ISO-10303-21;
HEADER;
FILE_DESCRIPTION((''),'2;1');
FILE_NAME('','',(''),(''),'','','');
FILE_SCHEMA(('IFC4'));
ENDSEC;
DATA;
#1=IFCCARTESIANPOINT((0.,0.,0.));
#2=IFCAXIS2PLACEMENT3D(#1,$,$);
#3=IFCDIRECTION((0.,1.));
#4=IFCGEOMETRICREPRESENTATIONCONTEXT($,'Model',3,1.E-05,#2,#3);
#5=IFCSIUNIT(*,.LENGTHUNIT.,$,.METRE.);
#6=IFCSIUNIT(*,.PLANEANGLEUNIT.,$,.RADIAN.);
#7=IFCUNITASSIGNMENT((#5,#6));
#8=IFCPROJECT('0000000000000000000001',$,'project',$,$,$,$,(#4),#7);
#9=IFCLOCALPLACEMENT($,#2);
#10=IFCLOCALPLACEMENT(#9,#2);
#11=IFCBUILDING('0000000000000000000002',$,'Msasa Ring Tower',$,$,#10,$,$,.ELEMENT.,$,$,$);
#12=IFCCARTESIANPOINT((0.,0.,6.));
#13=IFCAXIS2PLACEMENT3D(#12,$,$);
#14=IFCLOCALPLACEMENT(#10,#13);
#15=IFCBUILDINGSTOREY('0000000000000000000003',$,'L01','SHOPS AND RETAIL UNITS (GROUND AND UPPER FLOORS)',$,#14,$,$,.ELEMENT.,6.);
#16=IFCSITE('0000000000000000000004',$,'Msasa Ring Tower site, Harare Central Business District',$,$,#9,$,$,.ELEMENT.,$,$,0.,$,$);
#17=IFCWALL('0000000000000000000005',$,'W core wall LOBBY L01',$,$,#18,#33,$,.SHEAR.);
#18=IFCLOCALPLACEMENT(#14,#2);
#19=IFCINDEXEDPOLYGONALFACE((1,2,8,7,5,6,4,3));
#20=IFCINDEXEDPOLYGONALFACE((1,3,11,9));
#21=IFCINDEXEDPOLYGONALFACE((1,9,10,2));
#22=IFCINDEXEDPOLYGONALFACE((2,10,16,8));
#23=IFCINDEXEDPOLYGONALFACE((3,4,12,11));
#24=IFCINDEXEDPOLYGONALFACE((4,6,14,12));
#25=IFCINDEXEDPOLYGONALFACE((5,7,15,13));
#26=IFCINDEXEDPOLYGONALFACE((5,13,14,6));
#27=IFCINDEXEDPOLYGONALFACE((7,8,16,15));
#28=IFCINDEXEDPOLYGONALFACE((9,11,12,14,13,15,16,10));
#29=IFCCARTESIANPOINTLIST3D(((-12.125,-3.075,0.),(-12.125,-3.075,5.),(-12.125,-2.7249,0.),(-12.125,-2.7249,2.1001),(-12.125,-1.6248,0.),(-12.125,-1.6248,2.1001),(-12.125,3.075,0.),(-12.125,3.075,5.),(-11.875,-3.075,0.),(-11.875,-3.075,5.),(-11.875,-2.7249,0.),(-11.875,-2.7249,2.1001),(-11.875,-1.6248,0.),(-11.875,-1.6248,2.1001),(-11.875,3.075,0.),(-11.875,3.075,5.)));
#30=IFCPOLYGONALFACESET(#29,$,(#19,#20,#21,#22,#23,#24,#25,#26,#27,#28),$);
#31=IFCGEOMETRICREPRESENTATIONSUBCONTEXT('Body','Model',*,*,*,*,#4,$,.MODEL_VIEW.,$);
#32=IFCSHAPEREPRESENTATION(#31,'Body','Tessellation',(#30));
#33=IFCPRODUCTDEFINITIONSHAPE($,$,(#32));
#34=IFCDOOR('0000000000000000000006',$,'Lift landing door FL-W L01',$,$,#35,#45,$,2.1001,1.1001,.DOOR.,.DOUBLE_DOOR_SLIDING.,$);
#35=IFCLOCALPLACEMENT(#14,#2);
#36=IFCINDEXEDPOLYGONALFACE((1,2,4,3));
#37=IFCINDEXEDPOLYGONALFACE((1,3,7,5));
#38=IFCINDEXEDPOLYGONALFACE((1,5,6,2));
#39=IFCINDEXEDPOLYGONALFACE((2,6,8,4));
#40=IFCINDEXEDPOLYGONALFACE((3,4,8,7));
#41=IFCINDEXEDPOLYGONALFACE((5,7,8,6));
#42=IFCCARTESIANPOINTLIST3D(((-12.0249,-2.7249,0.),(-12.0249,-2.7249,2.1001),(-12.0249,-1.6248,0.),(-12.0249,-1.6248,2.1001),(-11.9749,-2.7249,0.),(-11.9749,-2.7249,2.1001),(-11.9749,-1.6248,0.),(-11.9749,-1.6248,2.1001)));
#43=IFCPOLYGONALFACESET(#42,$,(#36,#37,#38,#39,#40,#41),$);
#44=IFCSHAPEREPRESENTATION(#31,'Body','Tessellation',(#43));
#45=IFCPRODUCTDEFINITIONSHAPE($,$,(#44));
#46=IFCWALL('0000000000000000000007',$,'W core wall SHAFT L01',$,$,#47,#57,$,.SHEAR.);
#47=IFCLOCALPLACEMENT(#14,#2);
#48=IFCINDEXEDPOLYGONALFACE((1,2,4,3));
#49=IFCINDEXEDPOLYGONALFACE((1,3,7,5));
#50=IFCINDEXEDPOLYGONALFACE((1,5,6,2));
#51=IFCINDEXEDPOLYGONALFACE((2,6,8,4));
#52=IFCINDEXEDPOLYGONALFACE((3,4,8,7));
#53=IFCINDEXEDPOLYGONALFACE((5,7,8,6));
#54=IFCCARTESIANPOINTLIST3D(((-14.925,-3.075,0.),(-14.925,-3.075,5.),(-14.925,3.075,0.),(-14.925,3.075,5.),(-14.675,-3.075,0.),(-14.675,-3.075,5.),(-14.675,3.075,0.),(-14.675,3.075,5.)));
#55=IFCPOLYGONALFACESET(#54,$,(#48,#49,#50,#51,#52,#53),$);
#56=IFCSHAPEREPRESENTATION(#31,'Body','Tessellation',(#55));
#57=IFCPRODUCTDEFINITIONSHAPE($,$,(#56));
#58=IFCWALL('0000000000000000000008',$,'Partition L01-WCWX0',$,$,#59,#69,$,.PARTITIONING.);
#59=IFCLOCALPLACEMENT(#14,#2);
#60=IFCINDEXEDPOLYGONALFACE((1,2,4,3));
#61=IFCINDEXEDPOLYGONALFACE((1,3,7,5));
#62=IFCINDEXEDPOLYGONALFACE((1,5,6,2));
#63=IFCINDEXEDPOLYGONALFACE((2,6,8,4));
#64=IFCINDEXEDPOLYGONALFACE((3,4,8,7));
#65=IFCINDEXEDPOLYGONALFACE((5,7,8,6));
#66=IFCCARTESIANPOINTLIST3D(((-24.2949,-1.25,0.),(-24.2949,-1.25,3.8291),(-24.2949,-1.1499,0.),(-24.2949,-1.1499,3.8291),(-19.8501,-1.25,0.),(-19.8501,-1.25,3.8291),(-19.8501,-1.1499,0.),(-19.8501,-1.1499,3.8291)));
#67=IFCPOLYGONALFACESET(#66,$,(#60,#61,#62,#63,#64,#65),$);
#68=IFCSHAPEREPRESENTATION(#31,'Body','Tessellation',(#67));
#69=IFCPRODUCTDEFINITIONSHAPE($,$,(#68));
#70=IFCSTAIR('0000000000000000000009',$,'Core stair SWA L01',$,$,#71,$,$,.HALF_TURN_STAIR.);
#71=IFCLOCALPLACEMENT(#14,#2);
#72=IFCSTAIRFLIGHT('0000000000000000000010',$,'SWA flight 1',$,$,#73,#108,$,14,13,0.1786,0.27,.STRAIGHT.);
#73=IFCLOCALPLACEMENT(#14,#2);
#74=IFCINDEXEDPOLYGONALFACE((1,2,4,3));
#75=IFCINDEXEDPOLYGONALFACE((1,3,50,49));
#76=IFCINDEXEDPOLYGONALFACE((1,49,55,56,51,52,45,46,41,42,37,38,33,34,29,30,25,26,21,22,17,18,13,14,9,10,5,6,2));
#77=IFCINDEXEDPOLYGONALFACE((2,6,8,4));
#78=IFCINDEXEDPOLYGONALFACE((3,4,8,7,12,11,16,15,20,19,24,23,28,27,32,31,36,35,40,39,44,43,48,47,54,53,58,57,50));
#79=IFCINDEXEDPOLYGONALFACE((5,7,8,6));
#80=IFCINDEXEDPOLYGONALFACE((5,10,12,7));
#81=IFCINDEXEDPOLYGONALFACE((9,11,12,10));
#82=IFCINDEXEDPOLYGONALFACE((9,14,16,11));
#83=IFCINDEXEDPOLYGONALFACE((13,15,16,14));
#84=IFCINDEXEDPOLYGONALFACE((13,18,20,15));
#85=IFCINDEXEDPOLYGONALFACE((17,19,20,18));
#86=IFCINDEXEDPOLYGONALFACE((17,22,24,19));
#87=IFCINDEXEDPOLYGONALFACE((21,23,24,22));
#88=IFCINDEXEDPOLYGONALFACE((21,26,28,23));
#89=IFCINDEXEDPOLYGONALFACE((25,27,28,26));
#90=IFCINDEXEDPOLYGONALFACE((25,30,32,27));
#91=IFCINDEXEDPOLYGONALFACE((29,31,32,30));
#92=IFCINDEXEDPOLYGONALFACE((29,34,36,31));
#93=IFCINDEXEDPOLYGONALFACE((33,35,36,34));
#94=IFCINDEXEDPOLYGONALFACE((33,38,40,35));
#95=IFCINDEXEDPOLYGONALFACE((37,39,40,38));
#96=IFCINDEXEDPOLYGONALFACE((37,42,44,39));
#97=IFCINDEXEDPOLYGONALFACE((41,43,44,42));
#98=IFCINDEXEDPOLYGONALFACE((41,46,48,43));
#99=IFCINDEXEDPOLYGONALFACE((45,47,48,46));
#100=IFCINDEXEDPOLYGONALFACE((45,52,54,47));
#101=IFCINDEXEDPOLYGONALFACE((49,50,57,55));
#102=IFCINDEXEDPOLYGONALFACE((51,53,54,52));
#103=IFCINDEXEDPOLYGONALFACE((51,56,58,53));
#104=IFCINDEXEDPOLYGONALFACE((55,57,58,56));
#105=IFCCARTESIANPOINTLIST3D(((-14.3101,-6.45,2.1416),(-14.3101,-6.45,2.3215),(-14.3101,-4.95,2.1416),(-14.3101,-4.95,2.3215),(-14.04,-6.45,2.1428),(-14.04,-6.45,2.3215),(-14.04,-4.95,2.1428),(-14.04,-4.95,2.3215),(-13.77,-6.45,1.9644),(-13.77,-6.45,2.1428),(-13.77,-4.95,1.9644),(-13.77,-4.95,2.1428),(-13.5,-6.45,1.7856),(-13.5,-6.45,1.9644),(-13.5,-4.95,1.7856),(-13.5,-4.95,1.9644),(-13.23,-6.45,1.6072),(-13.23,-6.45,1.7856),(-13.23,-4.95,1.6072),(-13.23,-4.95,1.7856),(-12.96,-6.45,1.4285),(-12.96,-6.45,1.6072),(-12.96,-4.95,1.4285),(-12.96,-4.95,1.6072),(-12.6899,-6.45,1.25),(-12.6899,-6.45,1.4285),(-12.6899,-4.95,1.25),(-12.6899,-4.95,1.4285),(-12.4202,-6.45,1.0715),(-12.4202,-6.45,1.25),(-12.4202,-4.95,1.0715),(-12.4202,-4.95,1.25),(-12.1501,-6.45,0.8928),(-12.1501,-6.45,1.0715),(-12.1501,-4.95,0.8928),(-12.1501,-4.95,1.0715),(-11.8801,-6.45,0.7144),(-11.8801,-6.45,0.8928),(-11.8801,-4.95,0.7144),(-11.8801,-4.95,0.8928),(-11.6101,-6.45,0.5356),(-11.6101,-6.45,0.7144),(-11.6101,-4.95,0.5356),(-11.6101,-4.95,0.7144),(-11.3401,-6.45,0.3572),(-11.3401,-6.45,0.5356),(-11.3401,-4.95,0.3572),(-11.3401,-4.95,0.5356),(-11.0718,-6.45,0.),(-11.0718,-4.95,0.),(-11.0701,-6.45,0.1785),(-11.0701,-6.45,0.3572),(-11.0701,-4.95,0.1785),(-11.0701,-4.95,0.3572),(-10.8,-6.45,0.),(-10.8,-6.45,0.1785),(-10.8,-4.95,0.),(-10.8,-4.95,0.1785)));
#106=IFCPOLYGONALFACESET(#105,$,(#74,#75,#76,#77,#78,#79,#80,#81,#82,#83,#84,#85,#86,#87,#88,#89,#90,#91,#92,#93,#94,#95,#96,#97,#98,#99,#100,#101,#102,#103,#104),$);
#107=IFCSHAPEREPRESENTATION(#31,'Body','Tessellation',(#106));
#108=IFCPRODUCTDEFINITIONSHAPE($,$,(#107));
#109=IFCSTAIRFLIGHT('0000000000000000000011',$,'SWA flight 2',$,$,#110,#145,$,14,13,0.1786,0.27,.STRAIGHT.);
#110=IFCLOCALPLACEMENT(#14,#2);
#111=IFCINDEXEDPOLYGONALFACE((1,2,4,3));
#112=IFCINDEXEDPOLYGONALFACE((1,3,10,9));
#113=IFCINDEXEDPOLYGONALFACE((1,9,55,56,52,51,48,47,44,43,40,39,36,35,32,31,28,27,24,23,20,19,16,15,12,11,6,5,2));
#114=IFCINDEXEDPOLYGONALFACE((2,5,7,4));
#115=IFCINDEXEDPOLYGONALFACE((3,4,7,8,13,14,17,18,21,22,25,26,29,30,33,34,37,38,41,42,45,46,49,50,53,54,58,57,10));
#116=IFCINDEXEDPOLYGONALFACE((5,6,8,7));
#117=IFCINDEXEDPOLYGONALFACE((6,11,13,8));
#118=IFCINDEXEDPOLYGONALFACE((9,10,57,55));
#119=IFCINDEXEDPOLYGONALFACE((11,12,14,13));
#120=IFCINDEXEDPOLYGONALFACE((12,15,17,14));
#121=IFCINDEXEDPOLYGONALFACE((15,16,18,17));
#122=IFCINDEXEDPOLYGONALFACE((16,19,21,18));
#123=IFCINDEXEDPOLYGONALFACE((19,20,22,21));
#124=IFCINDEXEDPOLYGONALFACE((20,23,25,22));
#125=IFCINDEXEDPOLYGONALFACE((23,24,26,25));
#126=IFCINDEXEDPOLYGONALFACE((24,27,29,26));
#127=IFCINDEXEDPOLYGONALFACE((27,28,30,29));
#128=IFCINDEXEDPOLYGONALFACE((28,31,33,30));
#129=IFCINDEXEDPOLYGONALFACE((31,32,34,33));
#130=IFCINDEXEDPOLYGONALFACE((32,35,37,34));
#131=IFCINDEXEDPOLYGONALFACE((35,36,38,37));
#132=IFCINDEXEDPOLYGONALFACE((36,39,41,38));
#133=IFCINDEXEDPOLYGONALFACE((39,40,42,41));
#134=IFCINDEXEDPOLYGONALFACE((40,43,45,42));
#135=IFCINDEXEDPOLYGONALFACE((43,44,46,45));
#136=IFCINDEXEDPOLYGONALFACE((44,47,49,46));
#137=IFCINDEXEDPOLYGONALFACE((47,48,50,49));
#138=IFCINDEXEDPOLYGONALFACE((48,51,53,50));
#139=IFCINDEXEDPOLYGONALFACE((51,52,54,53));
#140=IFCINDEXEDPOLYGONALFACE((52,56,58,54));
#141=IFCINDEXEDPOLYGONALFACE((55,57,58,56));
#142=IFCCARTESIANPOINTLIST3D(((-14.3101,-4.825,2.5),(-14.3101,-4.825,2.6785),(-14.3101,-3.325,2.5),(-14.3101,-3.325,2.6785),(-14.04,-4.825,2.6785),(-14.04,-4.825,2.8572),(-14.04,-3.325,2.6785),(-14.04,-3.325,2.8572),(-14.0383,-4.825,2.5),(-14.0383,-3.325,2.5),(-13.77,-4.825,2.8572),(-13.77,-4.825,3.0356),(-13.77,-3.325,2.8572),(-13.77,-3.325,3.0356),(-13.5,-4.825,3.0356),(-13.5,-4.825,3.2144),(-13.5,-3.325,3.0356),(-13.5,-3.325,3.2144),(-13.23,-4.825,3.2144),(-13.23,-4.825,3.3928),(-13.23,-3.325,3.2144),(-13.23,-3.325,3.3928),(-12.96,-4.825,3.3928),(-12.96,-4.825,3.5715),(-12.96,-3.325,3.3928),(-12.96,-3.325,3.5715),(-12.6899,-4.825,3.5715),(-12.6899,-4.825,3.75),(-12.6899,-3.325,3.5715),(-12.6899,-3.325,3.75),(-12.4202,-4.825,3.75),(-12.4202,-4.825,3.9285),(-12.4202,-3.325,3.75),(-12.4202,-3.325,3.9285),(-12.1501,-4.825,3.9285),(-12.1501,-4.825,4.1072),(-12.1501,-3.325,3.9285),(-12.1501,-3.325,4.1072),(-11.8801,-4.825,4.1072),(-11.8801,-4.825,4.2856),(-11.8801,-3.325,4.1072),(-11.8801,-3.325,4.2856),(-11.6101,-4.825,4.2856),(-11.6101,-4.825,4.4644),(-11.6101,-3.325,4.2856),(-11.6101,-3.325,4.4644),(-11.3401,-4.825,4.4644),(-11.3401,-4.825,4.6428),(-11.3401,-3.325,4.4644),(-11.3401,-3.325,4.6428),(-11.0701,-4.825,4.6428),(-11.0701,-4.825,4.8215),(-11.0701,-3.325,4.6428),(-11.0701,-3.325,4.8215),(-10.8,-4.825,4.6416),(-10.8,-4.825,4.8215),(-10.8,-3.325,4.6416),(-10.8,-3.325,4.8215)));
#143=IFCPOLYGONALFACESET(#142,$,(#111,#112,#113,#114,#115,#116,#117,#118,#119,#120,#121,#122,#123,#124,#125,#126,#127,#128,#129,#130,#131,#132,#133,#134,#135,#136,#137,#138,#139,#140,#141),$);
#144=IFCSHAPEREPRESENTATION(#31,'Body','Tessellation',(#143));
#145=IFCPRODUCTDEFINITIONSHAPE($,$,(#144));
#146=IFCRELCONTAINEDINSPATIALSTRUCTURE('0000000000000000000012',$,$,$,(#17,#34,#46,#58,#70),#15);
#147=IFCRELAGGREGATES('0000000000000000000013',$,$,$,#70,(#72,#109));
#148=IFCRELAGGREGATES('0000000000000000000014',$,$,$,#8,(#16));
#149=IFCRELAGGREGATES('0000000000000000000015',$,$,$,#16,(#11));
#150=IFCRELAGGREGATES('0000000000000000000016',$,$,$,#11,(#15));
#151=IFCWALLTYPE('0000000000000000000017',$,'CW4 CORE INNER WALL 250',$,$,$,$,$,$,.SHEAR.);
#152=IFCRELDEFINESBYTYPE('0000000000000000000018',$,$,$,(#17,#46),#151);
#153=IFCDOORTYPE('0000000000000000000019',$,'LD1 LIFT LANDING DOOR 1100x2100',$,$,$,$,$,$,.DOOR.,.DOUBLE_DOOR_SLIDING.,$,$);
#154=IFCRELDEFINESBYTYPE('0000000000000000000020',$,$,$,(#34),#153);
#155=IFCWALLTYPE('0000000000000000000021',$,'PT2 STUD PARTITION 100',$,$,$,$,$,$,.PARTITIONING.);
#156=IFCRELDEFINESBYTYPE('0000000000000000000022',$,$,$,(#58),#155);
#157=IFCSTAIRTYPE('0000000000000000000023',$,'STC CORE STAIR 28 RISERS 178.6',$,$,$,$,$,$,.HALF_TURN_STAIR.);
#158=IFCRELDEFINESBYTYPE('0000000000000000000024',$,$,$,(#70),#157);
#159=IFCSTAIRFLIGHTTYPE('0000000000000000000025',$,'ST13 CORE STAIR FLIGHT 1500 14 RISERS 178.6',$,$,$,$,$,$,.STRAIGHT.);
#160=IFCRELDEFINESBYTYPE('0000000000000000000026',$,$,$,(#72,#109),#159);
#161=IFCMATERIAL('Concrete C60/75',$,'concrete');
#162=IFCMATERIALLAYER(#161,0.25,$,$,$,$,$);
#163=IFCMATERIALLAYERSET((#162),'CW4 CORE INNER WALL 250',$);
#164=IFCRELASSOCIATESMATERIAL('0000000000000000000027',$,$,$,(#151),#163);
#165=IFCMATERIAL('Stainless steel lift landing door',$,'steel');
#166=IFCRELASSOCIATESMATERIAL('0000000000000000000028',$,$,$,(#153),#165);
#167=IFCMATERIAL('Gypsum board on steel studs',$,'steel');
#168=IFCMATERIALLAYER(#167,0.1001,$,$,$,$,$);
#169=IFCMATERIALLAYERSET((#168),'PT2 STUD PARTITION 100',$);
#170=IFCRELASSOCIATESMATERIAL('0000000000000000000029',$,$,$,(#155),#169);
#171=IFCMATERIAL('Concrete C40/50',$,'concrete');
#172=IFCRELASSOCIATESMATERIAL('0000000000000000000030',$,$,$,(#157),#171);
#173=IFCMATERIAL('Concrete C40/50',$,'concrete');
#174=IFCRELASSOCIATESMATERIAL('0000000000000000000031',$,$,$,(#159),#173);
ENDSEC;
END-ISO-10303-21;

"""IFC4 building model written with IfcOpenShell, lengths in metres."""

from ifc_helpers import new_model, si_unit, direction, frame, frame_2d, origin, place, context, subcontext, project, spatial, polyline, rectangle, outline, extrude, material, layer, layer_set, type_object, element, fill, aggregate, save


model = new_model("IFC4")

# Units and contexts
model_context = context("Model", 3, precision=1e-05, world=origin(), true_north=direction((0.0, 1.0)))
body_context = subcontext(model_context, "Body", "Model", "MODEL_VIEW")
ifc_project = project(units=[si_unit("LENGTHUNIT", "METRE"), si_unit("PLANEANGLEUNIT", "RADIAN")], contexts=[model_context])

# Site, building, storey
site_placement = place(None, origin())
site = spatial("IfcSite", under=ifc_project, at=site_placement, Name="Msasa Ring Tower site, Harare Central Business District", CompositionType="ELEMENT", RefElevation=0.0)
building_placement = place(site_placement, origin())
building = spatial("IfcBuilding", under=site, at=building_placement, Name="Msasa Ring Tower", CompositionType="ELEMENT")
storey_placement = place(building_placement, frame((0.0, 0.0, 6.0)))
storey = spatial("IfcBuildingStorey", under=building, at=storey_placement, Name="L01", Description="SHOPS AND RETAIL UNITS (GROUND AND UPPER FLOORS)", CompositionType="ELEMENT", Elevation=6.0)

# Shared definitions
ifc_material_1 = material(Name="Concrete C60/75", Category="concrete")
ifc_layer_1 = layer(ifc_material_1, 0.25)
ifc_layer_set_1 = layer_set([ifc_layer_1], Name="CW4 CORE INNER WALL 250")
wall_type_1 = type_object("IfcWallType", Name="CW4 CORE INNER WALL 250", PredefinedType="SHEAR", material=ifc_layer_set_1)

# Wall, opening, door
wall_1_placement = place(storey_placement, frame((-12.0, -3.075, 0.0), z_axis=(0.0, 0.0, 1.0), x_axis=(0.0, 1.0, 0.0)))
wall_1 = element("IfcWall", 1, at=wall_1_placement, inside=storey, type_object=wall_type_1, Name="W core wall LOBBY L01", PredefinedType="SHEAR", context=body_context, shape_type="SweptSolid", body=[
    extrude(rectangle(XDim=6.1499, YDim=0.25, at=frame_2d((3.075, 0.0))), origin(), (0.0, 0.0, 1.0), 5.0),
])
opening_1_placement = place(wall_1_placement, frame((0.3501, 0.0, 0.0)))
opening_1 = element("IfcOpeningElement", 2, at=opening_1_placement, cuts=wall_1, PredefinedType="OPENING", context=body_context, shape_type="SweptSolid", body=[
    extrude(rectangle(XDim=1.1001, YDim=2.1001, at=frame_2d((0.55, 1.05))), frame((0.0, 0.135, 0.0), z_axis=(0.0, -1.0, 0.0), x_axis=(1.0, 0.0, 0.0)), (0.0, 0.0, 1.0), 0.27),
])
ifc_material_2 = material(Name="Stainless steel lift landing door", Category="steel")
door_type_1 = type_object("IfcDoorType", Name="LD1 LIFT LANDING DOOR 1100x2100", OperationType="DOUBLE_DOOR_SLIDING", PredefinedType="DOOR", material=ifc_material_2)
door_1_placement = place(opening_1_placement, origin())
door_1 = element("IfcDoor", 3, at=door_1_placement, inside=storey, type_object=door_type_1, Name="Lift landing door FL-W L01", OperationType="DOUBLE_DOOR_SLIDING", OverallHeight=2.1001, OverallWidth=1.1001, PredefinedType="DOOR", context=body_context, shape_type="SweptSolid", body=[
    extrude(rectangle(XDim=1.1001, YDim=2.1001, at=frame_2d((0.55, 1.05))), frame((0.0, 0.0249, 0.0), z_axis=(0.0, -1.0, 0.0), x_axis=(1.0, 0.0, 0.0)), (0.0, 0.0, 1.0), 0.05),
])
fill(opening_1, door_1)

# Walls
wall_2_placement = place(storey_placement, frame((-14.8, -3.075, 0.0), z_axis=(0.0, 0.0, 1.0), x_axis=(0.0, 1.0, 0.0)))
element("IfcWall", 4, at=wall_2_placement, inside=storey, type_object=wall_type_1, Name="W core wall SHAFT L01", PredefinedType="SHEAR", context=body_context, shape_type="SweptSolid", body=[
    extrude(rectangle(XDim=6.1499, YDim=0.25, at=frame_2d((3.075, 0.0))), origin(), (0.0, 0.0, 1.0), 5.0),
])
ifc_material_3 = material(Name="Gypsum board on steel studs", Category="steel")
ifc_layer_2 = layer(ifc_material_3, 0.1001)
ifc_layer_set_2 = layer_set([ifc_layer_2], Name="PT2 STUD PARTITION 100")
wall_type_2 = type_object("IfcWallType", Name="PT2 STUD PARTITION 100", PredefinedType="PARTITIONING", material=ifc_layer_set_2)
wall_3_placement = place(storey_placement, frame((-24.2949, -1.2, 0.0), z_axis=(0.0, 0.0, 1.0), x_axis=(1.0, 0.0, 0.0)))
element("IfcWall", 5, at=wall_3_placement, inside=storey, type_object=wall_type_2, Name="Partition L01-WCWX0", PredefinedType="PARTITIONING", context=body_context, shape_type="SweptSolid", body=[
    extrude(rectangle(XDim=4.4448, YDim=0.1001, at=frame_2d((2.2224, 0.0))), origin(), (0.0, 0.0, 1.0), 3.8291),
])

# Stair, stair flights
ifc_material_4 = material(Name="Concrete C40/50", Category="concrete")
stair_type = type_object("IfcStairType", Name="STC CORE STAIR 28 RISERS 178.6", PredefinedType="HALF_TURN_STAIR", material=ifc_material_4)
stair_placement = place(storey_placement, origin())
stair = element("IfcStair", 6, at=stair_placement, inside=storey, type_object=stair_type, Name="Core stair SWA L01", PredefinedType="HALF_TURN_STAIR")
ifc_material_5 = material(Name="Concrete C40/50", Category="concrete")
stair_flight_type = type_object("IfcStairFlightType", Name="ST13 CORE STAIR FLIGHT 1500 14 RISERS 178.6", PredefinedType="STRAIGHT", material=ifc_material_5)
stair_flight_1_placement = place(storey_placement, frame((-10.8, -5.7, 0.0), z_axis=(0.0, 0.0, 1.0), x_axis=(-1.0, 0.0, 0.0)))
stair_flight_1 = element("IfcStairFlight", 7, at=stair_flight_1_placement, type_object=stair_flight_type, Name="SWA flight 1", NumberOfRisers=14, NumberOfTreads=13, PredefinedType="STRAIGHT", RiserHeight=0.1786, TreadLength=0.27, context=body_context, shape_type="SweptSolid", body=[
    extrude(outline(polyline([(0.0, 0.0), (0.0, 0.1785), (0.27, 0.1785), (0.27, 0.3572), (0.54, 0.3572), (0.54, 0.5356), (0.8101, 0.5356), (0.8101, 0.7144), (1.0801, 0.7144), (1.0801, 0.8928), (1.3501, 0.8928), (1.3501, 1.0715), (1.6201, 1.0715), (1.6201, 1.25), (1.8899, 1.25), (1.8899, 1.4285), (2.1599, 1.4285), (2.1599, 1.6072), (2.4299, 1.6072), (2.4299, 1.7856), (2.7, 1.7856), (2.7, 1.9644), (2.97, 1.9644), (2.97, 2.1428), (3.24, 2.1428), (3.24, 2.3215), (3.51, 2.3215), (3.51, 2.5), (3.51, 2.1416), (0.2717, 0.0), (0.0, 0.0)])), frame((0.0, 0.75, 0.0), z_axis=(0.0, -1.0, 0.0), x_axis=(1.0, 0.0, 0.0)), (0.0, 0.0, 1.0), 1.5),
])
stair_flight_2_placement = place(storey_placement, frame((-14.3101, -4.075, 2.5), z_axis=(0.0, 0.0, 1.0), x_axis=(1.0, 0.0, 0.0)))
stair_flight_2 = element("IfcStairFlight", 8, at=stair_flight_2_placement, type_object=stair_flight_type, Name="SWA flight 2", NumberOfRisers=14, NumberOfTreads=13, PredefinedType="STRAIGHT", RiserHeight=0.1786, TreadLength=0.27, context=body_context, shape_type="SweptSolid", body=[
    extrude(outline(polyline([(0.0, 0.0), (0.0, 0.1785), (0.27, 0.1785), (0.27, 0.3572), (0.54, 0.3572), (0.54, 0.5356), (0.8101, 0.5356), (0.8101, 0.7144), (1.0801, 0.7144), (1.0801, 0.8928), (1.3501, 0.8928), (1.3501, 1.0715), (1.6201, 1.0715), (1.6201, 1.25), (1.8899, 1.25), (1.8899, 1.4285), (2.1599, 1.4285), (2.1599, 1.6072), (2.4299, 1.6072), (2.4299, 1.7856), (2.7, 1.7856), (2.7, 1.9644), (2.97, 1.9644), (2.97, 2.1428), (3.24, 2.1428), (3.24, 2.3215), (3.51, 2.3215), (3.51, 2.5), (3.51, 2.1416), (0.2717, 0.0), (0.0, 0.0)])), frame((0.0, 0.75, 0.0), z_axis=(0.0, -1.0, 0.0), x_axis=(1.0, 0.0, 0.0)), (0.0, 0.0, 1.0), 1.5),
])
aggregate(stair, [stair_flight_1, stair_flight_2])

save(model, "model.ifc")
